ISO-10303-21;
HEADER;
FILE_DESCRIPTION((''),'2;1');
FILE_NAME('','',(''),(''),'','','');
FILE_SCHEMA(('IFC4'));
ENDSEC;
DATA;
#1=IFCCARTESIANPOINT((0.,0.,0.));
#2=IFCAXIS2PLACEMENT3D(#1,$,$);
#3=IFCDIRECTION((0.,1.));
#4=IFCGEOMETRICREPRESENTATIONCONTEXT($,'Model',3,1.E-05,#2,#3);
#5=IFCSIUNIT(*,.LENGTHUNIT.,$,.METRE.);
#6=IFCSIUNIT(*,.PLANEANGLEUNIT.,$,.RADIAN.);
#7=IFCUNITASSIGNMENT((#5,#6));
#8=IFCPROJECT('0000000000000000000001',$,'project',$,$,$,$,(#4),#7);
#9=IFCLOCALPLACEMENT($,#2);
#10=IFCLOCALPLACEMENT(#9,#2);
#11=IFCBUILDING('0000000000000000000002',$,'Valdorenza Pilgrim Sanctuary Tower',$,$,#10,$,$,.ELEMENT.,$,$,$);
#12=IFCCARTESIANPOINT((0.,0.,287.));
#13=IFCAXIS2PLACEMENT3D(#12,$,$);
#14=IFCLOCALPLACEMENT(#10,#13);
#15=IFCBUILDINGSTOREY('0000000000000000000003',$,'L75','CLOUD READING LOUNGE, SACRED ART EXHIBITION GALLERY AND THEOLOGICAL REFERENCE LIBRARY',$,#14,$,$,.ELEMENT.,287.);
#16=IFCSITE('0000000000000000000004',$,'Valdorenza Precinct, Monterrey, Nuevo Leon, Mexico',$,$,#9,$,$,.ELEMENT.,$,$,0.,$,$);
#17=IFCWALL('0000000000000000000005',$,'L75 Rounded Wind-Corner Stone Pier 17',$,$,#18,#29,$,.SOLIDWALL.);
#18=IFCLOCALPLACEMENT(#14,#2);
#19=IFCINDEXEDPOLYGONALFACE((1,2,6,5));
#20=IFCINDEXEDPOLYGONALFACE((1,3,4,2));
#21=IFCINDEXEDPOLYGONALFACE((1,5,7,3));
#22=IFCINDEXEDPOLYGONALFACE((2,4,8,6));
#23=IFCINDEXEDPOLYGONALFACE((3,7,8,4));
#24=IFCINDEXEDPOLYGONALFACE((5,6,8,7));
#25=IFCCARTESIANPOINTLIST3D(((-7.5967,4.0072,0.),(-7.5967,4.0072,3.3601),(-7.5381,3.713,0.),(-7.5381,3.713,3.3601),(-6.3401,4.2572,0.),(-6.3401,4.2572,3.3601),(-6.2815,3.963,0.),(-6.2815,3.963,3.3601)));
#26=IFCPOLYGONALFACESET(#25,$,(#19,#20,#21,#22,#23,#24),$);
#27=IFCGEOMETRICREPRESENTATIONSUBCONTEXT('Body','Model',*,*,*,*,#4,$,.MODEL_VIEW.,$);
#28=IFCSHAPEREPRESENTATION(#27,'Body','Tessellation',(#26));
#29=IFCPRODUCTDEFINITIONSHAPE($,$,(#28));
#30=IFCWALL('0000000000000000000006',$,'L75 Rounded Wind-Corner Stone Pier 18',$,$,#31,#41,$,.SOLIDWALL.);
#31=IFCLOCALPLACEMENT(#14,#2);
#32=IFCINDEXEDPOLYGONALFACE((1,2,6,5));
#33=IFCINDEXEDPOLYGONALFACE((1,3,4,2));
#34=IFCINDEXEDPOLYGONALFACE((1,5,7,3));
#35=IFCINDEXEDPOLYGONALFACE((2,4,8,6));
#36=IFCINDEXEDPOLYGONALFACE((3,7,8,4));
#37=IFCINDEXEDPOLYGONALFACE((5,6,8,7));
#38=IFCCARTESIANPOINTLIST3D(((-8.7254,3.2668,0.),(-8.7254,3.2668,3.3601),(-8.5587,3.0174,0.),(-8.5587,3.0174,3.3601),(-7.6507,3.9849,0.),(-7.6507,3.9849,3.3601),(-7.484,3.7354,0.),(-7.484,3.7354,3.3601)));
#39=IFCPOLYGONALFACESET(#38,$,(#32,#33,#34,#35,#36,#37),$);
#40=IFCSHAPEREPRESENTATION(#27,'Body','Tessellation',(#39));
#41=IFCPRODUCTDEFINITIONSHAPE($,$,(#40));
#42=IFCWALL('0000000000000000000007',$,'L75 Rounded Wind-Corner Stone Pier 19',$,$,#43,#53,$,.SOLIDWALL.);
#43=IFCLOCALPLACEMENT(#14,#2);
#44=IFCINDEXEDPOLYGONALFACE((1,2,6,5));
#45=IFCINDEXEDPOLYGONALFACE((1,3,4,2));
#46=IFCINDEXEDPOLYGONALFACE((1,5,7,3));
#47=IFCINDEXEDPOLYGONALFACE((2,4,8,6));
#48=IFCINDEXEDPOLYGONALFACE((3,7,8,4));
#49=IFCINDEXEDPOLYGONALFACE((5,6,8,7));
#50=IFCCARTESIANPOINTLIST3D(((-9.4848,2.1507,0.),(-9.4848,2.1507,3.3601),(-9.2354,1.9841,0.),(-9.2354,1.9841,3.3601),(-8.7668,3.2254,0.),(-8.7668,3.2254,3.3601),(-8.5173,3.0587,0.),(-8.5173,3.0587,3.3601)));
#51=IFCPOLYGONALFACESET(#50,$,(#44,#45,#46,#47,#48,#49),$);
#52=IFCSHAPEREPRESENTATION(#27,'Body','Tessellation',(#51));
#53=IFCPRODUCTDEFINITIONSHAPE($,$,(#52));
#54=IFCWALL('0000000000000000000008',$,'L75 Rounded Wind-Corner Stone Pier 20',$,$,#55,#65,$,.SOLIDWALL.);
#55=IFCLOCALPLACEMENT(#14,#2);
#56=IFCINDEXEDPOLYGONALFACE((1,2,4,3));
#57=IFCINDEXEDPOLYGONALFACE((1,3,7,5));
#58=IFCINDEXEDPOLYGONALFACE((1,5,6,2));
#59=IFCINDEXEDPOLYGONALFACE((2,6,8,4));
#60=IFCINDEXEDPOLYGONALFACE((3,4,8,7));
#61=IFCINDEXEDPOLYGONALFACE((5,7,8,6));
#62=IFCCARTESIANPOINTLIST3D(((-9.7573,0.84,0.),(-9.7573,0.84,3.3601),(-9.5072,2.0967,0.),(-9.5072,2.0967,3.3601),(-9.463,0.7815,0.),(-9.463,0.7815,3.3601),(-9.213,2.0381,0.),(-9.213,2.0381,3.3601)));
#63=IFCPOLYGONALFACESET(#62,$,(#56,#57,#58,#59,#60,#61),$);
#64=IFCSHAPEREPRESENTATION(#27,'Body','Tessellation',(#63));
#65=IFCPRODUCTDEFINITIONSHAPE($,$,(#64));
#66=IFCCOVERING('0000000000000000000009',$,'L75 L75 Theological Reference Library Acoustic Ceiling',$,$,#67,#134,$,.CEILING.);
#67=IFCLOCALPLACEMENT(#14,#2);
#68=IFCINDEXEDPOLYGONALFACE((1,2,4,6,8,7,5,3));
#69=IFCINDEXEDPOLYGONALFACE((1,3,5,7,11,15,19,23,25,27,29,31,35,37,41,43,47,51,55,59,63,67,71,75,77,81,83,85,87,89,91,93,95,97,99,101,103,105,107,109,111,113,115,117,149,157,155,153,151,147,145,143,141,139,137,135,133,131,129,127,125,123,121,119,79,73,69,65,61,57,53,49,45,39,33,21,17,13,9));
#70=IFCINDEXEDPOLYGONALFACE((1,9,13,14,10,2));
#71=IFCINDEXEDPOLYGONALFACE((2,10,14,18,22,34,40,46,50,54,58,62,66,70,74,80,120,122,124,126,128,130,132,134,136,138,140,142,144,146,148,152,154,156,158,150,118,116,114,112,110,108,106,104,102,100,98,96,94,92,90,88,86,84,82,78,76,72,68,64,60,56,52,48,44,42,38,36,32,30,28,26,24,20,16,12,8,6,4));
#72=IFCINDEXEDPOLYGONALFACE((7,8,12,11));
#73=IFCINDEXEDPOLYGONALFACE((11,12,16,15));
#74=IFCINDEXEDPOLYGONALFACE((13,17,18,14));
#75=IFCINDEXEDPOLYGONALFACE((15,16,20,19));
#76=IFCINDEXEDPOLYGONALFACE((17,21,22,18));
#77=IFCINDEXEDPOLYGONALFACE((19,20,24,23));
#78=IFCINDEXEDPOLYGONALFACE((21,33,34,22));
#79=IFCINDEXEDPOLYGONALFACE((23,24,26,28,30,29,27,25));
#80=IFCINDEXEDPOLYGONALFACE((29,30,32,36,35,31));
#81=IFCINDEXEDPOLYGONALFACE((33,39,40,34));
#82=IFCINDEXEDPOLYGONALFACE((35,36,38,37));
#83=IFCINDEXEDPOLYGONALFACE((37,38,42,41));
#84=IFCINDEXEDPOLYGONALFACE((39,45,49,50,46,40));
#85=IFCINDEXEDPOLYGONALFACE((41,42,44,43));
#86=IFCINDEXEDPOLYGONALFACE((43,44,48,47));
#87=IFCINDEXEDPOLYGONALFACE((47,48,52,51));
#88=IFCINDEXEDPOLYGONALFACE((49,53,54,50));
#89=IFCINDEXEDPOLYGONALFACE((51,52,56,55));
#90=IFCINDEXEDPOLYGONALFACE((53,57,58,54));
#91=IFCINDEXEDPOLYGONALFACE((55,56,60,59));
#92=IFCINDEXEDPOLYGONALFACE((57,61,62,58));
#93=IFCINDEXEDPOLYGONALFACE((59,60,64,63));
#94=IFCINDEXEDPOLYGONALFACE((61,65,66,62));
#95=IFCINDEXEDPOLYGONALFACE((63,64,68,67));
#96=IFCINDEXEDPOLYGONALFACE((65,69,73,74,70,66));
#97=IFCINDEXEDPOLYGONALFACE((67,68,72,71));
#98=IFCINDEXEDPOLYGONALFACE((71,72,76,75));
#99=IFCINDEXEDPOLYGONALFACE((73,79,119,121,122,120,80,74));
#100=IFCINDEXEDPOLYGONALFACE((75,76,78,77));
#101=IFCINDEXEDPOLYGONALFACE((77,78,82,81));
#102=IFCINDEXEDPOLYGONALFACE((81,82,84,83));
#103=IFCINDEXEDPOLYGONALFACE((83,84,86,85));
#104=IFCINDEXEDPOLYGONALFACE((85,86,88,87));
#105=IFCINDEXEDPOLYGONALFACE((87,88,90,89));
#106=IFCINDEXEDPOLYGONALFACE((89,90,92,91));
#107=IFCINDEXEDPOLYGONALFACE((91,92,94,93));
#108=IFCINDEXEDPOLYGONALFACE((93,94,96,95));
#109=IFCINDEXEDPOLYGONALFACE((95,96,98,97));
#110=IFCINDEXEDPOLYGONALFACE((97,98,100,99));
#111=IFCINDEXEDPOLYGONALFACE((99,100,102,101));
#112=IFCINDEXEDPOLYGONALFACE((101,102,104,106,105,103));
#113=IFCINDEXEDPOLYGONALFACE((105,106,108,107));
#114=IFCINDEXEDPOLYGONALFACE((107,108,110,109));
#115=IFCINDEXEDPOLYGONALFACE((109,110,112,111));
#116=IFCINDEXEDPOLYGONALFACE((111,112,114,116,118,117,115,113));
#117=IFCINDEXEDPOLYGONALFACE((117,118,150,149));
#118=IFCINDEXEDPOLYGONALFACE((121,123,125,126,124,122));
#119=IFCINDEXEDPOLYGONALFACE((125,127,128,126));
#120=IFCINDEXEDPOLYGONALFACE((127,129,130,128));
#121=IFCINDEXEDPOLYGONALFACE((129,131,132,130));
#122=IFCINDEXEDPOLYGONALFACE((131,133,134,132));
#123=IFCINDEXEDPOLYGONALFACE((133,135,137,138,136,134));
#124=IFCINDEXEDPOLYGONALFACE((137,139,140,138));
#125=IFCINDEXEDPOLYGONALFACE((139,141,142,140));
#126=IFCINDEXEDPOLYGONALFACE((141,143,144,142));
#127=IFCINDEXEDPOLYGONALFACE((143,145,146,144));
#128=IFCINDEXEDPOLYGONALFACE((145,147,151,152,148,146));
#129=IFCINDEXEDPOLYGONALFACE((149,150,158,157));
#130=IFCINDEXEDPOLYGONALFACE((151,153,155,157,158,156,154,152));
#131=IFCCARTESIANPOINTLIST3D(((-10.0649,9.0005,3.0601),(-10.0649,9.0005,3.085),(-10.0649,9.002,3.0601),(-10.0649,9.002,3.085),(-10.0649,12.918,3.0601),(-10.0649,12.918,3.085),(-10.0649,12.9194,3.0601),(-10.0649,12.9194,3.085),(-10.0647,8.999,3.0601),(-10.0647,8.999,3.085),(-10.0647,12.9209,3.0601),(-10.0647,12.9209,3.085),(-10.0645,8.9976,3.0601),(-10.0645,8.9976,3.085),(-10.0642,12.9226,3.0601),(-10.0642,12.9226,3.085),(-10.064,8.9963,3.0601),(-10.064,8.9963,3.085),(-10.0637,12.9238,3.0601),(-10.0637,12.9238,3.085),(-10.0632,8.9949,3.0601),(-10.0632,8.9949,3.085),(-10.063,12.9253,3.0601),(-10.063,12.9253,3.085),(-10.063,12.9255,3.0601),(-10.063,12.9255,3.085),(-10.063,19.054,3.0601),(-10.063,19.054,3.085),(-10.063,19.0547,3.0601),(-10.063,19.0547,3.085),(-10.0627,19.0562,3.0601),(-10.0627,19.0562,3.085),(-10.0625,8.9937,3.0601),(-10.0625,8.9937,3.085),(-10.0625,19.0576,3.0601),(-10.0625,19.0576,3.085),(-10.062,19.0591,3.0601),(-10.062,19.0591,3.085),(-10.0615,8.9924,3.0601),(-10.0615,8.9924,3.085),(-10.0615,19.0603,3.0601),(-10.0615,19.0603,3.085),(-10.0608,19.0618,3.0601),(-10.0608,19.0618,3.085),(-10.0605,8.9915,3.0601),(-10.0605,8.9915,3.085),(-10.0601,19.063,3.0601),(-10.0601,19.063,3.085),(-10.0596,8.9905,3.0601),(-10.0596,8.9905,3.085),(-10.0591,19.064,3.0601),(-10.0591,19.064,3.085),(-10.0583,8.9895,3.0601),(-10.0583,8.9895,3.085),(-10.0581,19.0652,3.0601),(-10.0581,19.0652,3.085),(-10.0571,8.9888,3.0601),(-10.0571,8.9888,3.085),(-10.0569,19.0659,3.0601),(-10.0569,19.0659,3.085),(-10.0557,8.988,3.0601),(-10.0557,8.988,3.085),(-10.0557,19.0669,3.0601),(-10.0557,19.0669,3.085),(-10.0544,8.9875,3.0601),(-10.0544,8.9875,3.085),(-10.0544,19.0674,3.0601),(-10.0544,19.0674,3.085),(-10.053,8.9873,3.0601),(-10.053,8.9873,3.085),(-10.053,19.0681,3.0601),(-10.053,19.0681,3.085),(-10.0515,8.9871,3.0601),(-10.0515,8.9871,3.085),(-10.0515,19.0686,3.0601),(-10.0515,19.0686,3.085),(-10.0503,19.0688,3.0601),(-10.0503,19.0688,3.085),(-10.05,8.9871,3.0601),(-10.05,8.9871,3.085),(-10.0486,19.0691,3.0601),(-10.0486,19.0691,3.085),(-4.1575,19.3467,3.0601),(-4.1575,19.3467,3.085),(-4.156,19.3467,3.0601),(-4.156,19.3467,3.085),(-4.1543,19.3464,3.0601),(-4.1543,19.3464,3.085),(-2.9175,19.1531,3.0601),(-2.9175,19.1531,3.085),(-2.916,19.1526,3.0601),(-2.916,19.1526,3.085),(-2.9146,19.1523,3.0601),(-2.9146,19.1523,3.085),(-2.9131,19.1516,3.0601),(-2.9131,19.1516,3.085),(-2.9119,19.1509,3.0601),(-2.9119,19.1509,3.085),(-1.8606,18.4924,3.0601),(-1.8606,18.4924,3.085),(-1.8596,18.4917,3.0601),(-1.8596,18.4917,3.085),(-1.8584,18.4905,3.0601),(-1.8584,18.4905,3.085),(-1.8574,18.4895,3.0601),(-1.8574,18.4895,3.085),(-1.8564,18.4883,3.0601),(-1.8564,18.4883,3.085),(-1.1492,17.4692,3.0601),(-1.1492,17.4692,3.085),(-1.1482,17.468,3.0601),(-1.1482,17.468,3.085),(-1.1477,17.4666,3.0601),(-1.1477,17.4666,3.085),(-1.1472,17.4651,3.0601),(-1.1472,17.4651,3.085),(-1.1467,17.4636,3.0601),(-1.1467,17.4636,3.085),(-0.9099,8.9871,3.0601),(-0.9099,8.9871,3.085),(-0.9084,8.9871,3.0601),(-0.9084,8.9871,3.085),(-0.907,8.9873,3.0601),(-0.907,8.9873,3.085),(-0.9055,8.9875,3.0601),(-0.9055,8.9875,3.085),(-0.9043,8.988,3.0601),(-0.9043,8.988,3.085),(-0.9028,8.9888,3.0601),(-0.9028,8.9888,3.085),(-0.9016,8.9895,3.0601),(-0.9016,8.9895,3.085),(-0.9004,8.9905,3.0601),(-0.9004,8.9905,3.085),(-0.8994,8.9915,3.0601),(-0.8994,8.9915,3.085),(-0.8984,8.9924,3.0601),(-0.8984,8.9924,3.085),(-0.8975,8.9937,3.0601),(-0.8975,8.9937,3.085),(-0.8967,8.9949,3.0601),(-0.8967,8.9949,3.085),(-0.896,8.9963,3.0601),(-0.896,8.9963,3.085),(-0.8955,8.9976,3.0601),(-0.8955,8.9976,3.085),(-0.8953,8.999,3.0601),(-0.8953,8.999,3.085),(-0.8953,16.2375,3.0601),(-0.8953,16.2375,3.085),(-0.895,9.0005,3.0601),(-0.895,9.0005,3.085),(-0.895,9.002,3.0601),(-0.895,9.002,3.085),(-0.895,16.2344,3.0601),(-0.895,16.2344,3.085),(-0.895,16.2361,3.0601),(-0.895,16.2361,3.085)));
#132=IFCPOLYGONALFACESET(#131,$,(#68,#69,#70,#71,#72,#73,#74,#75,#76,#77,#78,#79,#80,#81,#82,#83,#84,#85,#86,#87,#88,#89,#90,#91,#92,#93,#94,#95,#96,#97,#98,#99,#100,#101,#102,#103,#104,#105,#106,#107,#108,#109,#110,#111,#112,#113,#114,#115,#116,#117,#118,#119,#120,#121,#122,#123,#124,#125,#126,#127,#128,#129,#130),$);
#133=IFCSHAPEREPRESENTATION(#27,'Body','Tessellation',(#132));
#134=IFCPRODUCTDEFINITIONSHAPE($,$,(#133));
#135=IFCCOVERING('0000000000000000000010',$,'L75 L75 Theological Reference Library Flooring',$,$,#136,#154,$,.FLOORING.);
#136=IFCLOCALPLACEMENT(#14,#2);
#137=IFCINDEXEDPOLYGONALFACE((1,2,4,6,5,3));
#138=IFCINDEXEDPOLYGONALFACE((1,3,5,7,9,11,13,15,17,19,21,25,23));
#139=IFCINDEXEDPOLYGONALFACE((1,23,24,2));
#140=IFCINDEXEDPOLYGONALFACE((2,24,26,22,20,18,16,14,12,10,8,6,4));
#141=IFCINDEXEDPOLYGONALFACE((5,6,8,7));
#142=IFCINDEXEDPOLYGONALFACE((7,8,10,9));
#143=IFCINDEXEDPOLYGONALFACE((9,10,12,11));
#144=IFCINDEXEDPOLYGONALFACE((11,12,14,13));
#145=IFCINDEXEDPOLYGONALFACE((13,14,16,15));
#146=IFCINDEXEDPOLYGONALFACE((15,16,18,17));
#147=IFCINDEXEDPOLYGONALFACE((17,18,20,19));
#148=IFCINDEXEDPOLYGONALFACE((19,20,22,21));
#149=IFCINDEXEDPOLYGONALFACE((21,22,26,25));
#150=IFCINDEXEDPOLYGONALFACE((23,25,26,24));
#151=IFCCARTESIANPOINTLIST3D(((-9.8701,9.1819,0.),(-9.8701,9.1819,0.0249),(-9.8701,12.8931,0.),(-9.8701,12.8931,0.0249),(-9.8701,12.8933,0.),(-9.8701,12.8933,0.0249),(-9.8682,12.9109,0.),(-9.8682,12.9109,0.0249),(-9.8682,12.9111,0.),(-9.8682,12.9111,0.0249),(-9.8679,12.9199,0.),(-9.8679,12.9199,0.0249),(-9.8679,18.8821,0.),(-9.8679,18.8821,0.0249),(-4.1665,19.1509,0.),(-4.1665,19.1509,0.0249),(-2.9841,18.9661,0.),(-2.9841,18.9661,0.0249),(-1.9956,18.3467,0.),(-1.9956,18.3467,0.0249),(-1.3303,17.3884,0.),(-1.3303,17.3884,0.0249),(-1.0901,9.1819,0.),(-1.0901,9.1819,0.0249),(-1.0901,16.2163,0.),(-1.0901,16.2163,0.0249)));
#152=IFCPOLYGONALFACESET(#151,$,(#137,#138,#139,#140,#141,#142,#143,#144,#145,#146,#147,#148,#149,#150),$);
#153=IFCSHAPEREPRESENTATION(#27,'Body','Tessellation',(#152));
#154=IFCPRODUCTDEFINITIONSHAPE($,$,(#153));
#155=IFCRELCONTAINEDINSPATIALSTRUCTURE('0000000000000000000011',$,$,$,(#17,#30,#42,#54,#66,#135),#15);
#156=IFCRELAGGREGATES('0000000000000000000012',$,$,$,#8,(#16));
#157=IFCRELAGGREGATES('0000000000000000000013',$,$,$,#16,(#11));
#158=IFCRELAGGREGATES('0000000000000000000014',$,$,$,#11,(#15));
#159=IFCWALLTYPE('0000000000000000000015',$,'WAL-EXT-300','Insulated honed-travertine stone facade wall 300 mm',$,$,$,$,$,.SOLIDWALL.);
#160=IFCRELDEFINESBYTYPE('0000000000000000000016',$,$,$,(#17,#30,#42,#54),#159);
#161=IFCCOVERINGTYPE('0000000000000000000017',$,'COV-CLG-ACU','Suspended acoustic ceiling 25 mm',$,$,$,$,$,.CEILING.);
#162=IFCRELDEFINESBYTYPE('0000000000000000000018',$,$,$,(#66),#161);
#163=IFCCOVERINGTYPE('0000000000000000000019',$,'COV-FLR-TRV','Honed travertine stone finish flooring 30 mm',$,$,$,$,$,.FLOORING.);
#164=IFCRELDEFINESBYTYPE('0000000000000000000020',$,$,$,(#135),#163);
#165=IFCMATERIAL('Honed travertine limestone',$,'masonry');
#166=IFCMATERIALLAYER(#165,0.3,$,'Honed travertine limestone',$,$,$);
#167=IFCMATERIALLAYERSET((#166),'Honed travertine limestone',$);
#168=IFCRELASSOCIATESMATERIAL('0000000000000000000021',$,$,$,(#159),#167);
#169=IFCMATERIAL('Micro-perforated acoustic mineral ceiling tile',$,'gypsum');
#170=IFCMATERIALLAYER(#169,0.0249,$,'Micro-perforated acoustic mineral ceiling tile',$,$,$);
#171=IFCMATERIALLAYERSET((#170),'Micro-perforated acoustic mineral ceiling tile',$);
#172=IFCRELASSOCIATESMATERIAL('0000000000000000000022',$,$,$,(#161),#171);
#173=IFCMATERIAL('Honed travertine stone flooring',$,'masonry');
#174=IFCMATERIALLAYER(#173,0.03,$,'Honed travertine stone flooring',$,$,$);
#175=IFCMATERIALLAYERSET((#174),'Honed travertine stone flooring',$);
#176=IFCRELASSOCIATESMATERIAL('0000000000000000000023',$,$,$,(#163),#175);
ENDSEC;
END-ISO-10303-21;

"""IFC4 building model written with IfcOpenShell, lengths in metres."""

from ifc_helpers import new_model, si_unit, direction, frame, frame_2d, origin, place, context, subcontext, project, spatial, polyline, rectangle, outline, extrude, material, layer, layer_set, type_object, element, save


model = new_model("IFC4")

# Units and contexts
model_context = context("Model", 3, precision=1e-05, world=origin(), true_north=direction((0.0, 1.0)))
body_context = subcontext(model_context, "Body", "Model", "MODEL_VIEW")
ifc_project = project(units=[si_unit("LENGTHUNIT", "METRE"), si_unit("PLANEANGLEUNIT", "RADIAN")], contexts=[model_context])

# Site, building, storey
site_placement = place(None, origin())
site = spatial("IfcSite", under=ifc_project, at=site_placement, Name="Valdorenza Precinct, Monterrey, Nuevo Leon, Mexico", CompositionType="ELEMENT", RefElevation=0.0)
building_placement = place(site_placement, origin())
building = spatial("IfcBuilding", under=site, at=building_placement, Name="Valdorenza Pilgrim Sanctuary Tower", CompositionType="ELEMENT")
storey_placement = place(building_placement, frame((0.0, 0.0, 287.0)))
storey = spatial("IfcBuildingStorey", under=building, at=storey_placement, Name="L75", Description="CLOUD READING LOUNGE, SACRED ART EXHIBITION GALLERY AND THEOLOGICAL REFERENCE LIBRARY", CompositionType="ELEMENT", Elevation=287.0)

# Shared definitions
ifc_material_1 = material(Name="Honed travertine limestone", Category="masonry")
ifc_layer_1 = layer(ifc_material_1, 0.3, Name="Honed travertine limestone")
ifc_layer_set_1 = layer_set([ifc_layer_1], Name="Honed travertine limestone")
wall_type_1 = type_object("IfcWallType", Name="WAL-EXT-300", Description="Insulated honed-travertine stone facade wall 300 mm", PredefinedType="SOLIDWALL", material=ifc_layer_set_1)

# Walls
wall_1_placement = place(storey_placement, frame((-6.3108, 4.1101, 0.0), z_axis=(0.0, 0.0, 1.0), x_axis=(-0.980778, -0.195127, 0.0)))
element("IfcWall", 1, at=wall_1_placement, inside=storey, type_object=wall_type_1, Name="L75 Rounded Wind-Corner Stone Pier 17", PredefinedType="SOLIDWALL", context=body_context, shape_type="SweptSolid", body=[
    extrude(rectangle(XDim=1.2812, YDim=0.3, at=frame_2d((0.6406, 0.0))), origin(), (0.0, 0.0, 1.0), 3.3601),
])
for number, where, z_axis, x_axis, name in (
    (2, (-7.5674, 3.8601, 0.0), (0.0, 0.0, 1.0), (-0.831498, -0.555528, 0.0), "L75 Rounded Wind-Corner Stone Pier 18"),
    (3, (-8.6421, 3.1421, 0.0), (0.0, 0.0, 1.0), (-0.555528, -0.831498, 0.0), "L75 Rounded Wind-Corner Stone Pier 19"),
):
    element("IfcWall", number, at=place(storey_placement, frame(where, z_axis=z_axis, x_axis=x_axis)), inside=storey, type_object=wall_type_1, Name=name, PredefinedType="SOLIDWALL", context=body_context, shape_type="SweptSolid", body=[
        extrude(rectangle(XDim=1.2925, YDim=0.3, at=frame_2d((0.6462, 0.0))), origin(), (0.0, 0.0, 1.0), 3.3601),
    ])
wall_2_placement = place(storey_placement, frame((-9.3601, 2.0674, 0.0), z_axis=(0.0, 0.0, 1.0), x_axis=(-0.195127, -0.980778, 0.0)))
element("IfcWall", 4, at=wall_2_placement, inside=storey, type_object=wall_type_1, Name="L75 Rounded Wind-Corner Stone Pier 20", PredefinedType="SOLIDWALL", context=body_context, shape_type="SweptSolid", body=[
    extrude(rectangle(XDim=1.2812, YDim=0.3, at=frame_2d((0.6406, 0.0))), origin(), (0.0, 0.0, 1.0), 3.3601),
])

# Coverings
ifc_material_2 = material(Name="Micro-perforated acoustic mineral ceiling tile", Category="gypsum")
ifc_layer_2 = layer(ifc_material_2, 0.0249, Name="Micro-perforated acoustic mineral ceiling tile")
ifc_layer_set_2 = layer_set([ifc_layer_2], Name="Micro-perforated acoustic mineral ceiling tile")
covering_type_1 = type_object("IfcCoveringType", Name="COV-CLG-ACU", Description="Suspended acoustic ceiling 25 mm", PredefinedType="CEILING", material=ifc_layer_set_2)
covering_1_placement = place(storey_placement, frame((0.0, 0.0, 3.0601)))
element("IfcCovering", 5, at=covering_1_placement, inside=storey, type_object=covering_type_1, Name="L75 L75 Theological Reference Library Acoustic Ceiling", PredefinedType="CEILING", context=body_context, shape_type="SweptSolid", body=[
    extrude(outline(polyline([(-10.0649, 12.918), (-10.0649, 12.9194), (-10.0647, 12.9209), (-10.0642, 12.9226), (-10.0637, 12.9238), (-10.063, 12.9253), (-10.063, 12.9255), (-10.063, 19.054), (-10.063, 19.054), (-10.063, 19.0547), (-10.0627, 19.0562), (-10.0625, 19.0576), (-10.062, 19.0591), (-10.0615, 19.0603), (-10.0608, 19.0618), (-10.0601, 19.063), (-10.0591, 19.064), (-10.0581, 19.0652), (-10.0569, 19.0659), (-10.0557, 19.0669), (-10.0544, 19.0674), (-10.053, 19.0681), (-10.0515, 19.0686), (-10.0503, 19.0688), (-10.0486, 19.0691), (-4.1575, 19.3467), (-4.156, 19.3467), (-4.1543, 19.3464), (-2.9175, 19.1531), (-2.916, 19.1526), (-2.9146, 19.1523), (-2.9131, 19.1516), (-2.9119, 19.1509), (-1.8606, 18.4924), (-1.8596, 18.4917), (-1.8584, 18.4905), (-1.8574, 18.4895), (-1.8564, 18.4883), (-1.1492, 17.4692), (-1.1482, 17.468), (-1.1477, 17.4666), (-1.1472, 17.4651), (-1.1467, 17.4636), (-0.8953, 16.2375), (-0.895, 16.2361), (-0.895, 16.2344), (-0.895, 9.002), (-0.895, 9.0005), (-0.8953, 8.999), (-0.8955, 8.9976), (-0.896, 8.9963), (-0.8967, 8.9949), (-0.8975, 8.9937), (-0.8984, 8.9924), (-0.8994, 8.9915), (-0.9004, 8.9905), (-0.9016, 8.9895), (-0.9028, 8.9888), (-0.9043, 8.988), (-0.9055, 8.9875), (-0.907, 8.9873), (-0.9084, 8.9871), (-0.9099, 8.9871), (-10.05, 8.9871), (-10.0515, 8.9871), (-10.053, 8.9873), (-10.0544, 8.9875), (-10.0557, 8.988), (-10.0571, 8.9888), (-10.0583, 8.9895), (-10.0596, 8.9905), (-10.0605, 8.9915), (-10.0615, 8.9924), (-10.0625, 8.9937), (-10.0632, 8.9949), (-10.064, 8.9963), (-10.0645, 8.9976), (-10.0647, 8.999), (-10.0649, 9.0005), (-10.0649, 9.002), (-10.0649, 12.918)])), origin(), (0.0, 0.0, 1.0), 0.0249),
])
ifc_material_3 = material(Name="Honed travertine stone flooring", Category="masonry")
ifc_layer_3 = layer(ifc_material_3, 0.03, Name="Honed travertine stone flooring")
ifc_layer_set_3 = layer_set([ifc_layer_3], Name="Honed travertine stone flooring")
covering_type_2 = type_object("IfcCoveringType", Name="COV-FLR-TRV", Description="Honed travertine stone finish flooring 30 mm", PredefinedType="FLOORING", material=ifc_layer_set_3)
covering_2_placement = place(storey_placement, origin())
element("IfcCovering", 6, at=covering_2_placement, inside=storey, type_object=covering_type_2, Name="L75 L75 Theological Reference Library Flooring", PredefinedType="FLOORING", context=body_context, shape_type="SweptSolid", body=[
    extrude(outline(polyline([(-9.8701, 12.8931), (-9.8701, 12.8933), (-9.8701, 12.8933), (-9.8682, 12.9109), (-9.8682, 12.9111), (-9.8679, 12.9199), (-9.8679, 18.8821), (-4.1665, 19.1509), (-2.9841, 18.9661), (-1.9956, 18.3467), (-1.3303, 17.3884), (-1.0901, 16.2163), (-1.0901, 9.1819), (-9.8701, 9.1819), (-9.8701, 12.8931)])), origin(), (0.0, 0.0, 1.0), 0.0249),
])

save(model, "model.ifc")
